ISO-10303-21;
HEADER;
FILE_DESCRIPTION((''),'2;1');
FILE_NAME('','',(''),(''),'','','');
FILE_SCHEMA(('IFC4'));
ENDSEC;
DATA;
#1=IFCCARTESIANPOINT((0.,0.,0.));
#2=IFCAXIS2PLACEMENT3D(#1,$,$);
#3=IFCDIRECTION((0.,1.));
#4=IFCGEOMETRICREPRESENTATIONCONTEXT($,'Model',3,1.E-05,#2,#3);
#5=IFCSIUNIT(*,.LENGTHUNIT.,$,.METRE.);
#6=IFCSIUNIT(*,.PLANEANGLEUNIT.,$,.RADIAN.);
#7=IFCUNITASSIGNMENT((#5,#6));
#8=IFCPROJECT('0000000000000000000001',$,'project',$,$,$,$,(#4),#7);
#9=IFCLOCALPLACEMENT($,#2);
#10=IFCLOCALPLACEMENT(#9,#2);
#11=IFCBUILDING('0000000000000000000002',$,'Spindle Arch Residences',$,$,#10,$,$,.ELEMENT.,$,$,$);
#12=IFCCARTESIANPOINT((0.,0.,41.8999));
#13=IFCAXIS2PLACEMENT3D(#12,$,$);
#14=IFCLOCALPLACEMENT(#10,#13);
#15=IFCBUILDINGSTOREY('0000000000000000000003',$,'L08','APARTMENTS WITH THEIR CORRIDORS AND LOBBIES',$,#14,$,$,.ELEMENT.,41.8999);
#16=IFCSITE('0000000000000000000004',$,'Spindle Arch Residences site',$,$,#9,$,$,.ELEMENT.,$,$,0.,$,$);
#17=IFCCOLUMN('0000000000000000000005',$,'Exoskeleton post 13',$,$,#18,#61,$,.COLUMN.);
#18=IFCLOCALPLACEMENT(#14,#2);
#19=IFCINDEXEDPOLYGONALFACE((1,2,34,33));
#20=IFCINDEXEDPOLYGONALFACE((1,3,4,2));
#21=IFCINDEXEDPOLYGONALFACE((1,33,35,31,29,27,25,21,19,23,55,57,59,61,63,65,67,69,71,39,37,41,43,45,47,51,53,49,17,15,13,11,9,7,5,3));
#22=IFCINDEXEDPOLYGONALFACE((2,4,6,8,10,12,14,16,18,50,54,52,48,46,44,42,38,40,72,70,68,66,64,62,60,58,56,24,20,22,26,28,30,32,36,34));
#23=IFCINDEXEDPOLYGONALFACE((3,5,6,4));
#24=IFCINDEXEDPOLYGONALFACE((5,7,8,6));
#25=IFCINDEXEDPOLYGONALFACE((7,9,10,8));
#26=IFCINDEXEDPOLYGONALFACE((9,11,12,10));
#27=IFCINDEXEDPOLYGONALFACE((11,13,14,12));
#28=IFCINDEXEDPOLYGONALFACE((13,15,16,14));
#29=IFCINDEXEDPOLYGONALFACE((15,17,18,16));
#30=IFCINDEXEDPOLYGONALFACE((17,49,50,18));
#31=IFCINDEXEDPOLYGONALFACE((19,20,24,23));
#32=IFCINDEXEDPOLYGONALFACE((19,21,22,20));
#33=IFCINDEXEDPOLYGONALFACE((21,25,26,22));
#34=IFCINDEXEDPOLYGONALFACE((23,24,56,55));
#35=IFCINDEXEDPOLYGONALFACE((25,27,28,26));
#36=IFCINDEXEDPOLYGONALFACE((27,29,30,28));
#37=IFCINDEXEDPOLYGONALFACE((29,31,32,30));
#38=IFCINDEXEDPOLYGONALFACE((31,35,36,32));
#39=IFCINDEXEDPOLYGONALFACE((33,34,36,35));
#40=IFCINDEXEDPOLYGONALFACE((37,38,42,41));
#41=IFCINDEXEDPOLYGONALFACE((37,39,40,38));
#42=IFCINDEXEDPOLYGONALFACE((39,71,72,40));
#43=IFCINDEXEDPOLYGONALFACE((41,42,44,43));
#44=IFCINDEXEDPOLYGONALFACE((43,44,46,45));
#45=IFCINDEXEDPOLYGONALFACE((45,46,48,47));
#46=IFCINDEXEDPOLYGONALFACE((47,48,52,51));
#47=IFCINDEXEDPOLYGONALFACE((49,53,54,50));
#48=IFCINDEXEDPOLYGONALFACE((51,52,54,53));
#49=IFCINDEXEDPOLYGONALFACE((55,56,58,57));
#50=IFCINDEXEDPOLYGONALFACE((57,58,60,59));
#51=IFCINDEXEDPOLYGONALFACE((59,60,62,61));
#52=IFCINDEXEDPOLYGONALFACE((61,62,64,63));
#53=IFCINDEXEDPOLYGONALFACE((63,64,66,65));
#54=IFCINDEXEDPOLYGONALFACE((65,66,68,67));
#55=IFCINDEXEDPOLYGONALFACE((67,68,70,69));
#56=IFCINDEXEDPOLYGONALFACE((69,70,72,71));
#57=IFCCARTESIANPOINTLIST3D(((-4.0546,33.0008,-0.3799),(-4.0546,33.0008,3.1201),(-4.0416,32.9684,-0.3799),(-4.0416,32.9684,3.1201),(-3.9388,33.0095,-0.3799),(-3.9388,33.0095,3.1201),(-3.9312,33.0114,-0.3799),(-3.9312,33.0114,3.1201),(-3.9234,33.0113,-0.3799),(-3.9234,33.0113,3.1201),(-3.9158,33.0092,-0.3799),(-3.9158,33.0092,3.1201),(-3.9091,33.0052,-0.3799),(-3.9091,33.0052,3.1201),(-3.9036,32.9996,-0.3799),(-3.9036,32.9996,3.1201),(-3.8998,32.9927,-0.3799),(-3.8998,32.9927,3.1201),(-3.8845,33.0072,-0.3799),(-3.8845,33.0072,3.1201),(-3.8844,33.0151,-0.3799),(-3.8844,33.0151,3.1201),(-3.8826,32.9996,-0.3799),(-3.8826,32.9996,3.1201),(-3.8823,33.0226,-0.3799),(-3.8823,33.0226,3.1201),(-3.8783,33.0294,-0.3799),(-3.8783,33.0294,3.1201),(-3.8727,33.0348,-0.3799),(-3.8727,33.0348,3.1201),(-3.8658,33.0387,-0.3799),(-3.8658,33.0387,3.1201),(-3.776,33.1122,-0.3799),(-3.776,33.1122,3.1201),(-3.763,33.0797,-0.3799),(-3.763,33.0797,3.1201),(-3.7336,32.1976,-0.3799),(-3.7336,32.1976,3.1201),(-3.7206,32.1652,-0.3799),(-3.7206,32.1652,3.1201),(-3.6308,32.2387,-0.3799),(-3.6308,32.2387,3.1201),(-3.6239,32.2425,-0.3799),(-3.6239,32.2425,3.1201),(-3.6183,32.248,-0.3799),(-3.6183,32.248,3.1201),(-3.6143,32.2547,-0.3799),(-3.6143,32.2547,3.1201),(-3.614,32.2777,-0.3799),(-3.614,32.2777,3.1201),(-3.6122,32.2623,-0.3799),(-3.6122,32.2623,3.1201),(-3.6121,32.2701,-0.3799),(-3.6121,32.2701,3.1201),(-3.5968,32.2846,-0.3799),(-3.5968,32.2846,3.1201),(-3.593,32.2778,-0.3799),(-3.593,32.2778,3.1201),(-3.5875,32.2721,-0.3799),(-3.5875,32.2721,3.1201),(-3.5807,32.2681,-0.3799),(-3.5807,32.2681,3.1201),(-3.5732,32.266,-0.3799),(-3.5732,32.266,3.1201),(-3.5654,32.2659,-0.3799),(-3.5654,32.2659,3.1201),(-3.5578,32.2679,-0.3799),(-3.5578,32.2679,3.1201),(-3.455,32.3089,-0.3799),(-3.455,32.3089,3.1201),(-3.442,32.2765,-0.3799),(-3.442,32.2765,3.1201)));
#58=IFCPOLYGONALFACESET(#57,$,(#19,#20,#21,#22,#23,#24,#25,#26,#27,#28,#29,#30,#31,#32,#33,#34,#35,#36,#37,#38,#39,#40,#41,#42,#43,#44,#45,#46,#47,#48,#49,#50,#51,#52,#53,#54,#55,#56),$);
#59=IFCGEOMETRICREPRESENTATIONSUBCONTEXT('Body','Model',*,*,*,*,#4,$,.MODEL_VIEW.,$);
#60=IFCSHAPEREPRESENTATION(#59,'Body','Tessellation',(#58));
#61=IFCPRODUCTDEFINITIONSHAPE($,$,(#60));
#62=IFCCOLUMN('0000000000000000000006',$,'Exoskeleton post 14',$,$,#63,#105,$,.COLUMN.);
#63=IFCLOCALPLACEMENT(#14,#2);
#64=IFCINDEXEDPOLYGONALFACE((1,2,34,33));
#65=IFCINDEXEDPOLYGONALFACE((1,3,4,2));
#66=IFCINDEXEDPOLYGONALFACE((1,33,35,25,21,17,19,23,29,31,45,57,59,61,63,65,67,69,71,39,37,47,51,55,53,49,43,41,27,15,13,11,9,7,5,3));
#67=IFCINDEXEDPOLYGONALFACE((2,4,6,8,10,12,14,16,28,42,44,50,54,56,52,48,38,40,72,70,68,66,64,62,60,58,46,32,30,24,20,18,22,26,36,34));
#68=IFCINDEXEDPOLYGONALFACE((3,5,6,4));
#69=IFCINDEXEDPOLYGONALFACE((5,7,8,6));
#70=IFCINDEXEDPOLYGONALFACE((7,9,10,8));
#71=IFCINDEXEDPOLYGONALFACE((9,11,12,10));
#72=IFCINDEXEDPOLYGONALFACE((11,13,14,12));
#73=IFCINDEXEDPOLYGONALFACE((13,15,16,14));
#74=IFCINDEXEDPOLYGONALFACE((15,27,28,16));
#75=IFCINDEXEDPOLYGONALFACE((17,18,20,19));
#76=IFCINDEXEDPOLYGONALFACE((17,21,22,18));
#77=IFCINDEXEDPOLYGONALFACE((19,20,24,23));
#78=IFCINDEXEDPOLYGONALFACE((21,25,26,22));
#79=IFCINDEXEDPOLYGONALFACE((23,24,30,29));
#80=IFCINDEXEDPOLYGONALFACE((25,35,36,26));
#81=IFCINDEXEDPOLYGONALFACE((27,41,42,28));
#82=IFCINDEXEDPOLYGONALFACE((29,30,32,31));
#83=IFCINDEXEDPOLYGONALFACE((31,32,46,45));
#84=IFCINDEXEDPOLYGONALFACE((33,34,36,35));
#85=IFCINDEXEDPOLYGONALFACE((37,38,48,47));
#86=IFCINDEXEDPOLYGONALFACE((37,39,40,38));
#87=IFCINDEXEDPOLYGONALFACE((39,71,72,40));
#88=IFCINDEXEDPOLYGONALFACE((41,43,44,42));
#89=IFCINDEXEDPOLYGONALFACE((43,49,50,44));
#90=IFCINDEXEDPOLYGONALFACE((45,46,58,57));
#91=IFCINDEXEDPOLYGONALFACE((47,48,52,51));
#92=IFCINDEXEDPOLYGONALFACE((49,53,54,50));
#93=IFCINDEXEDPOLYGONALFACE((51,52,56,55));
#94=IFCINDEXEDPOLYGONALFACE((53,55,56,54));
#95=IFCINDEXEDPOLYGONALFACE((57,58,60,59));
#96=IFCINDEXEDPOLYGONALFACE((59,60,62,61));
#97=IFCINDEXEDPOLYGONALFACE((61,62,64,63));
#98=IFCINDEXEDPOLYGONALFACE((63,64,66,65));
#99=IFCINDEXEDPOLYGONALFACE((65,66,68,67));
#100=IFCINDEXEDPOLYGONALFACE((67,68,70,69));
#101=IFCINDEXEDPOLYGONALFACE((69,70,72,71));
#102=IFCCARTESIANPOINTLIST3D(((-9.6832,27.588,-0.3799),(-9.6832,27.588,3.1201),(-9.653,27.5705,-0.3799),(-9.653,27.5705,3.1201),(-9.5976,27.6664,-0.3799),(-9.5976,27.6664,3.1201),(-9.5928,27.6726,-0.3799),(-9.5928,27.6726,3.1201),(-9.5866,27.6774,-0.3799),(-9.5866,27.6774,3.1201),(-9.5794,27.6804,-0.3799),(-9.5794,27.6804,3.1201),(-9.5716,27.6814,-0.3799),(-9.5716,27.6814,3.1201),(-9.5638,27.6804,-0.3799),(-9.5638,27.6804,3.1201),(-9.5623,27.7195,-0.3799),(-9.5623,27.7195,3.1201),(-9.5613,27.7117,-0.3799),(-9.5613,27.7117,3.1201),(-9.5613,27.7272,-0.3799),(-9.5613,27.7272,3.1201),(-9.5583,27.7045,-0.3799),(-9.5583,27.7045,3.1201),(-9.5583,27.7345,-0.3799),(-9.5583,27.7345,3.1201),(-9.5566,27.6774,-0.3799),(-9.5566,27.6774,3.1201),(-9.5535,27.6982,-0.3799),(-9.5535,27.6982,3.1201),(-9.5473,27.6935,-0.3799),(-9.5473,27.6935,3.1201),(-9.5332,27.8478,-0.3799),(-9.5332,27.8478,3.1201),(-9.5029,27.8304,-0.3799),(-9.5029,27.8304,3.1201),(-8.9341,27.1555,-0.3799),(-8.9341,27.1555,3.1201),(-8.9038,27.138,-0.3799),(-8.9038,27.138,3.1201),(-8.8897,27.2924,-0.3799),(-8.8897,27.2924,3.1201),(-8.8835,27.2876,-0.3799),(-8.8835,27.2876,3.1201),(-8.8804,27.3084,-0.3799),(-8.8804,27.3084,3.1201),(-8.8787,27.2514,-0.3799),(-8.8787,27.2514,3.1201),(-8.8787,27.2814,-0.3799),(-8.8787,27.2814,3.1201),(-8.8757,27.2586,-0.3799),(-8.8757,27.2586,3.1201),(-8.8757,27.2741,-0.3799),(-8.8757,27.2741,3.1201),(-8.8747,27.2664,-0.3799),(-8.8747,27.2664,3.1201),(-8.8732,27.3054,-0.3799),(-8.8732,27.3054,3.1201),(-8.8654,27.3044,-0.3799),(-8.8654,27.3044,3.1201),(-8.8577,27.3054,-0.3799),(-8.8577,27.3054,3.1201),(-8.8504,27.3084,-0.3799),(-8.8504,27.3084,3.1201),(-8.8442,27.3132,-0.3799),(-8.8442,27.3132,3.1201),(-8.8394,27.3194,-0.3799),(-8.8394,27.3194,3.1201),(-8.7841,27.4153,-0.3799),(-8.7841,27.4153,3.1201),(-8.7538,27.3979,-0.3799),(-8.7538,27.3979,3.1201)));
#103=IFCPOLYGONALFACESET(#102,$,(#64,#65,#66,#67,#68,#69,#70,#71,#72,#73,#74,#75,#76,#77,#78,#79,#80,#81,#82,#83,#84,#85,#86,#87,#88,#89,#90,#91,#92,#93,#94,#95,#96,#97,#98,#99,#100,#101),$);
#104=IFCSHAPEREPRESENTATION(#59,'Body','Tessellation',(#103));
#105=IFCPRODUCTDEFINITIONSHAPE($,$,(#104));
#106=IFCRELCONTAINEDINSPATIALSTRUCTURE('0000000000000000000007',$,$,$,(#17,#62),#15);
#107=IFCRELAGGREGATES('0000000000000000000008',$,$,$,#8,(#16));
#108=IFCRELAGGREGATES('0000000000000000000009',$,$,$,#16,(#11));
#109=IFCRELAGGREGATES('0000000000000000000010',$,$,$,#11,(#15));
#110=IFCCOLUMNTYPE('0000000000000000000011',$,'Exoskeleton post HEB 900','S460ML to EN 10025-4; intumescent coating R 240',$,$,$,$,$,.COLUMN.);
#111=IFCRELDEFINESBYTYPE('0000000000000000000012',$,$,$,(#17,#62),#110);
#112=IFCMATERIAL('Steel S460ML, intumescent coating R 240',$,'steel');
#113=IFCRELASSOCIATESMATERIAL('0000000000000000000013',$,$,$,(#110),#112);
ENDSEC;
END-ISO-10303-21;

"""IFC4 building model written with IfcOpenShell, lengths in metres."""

from ifc_helpers import new_model, si_unit, direction, frame, origin, origin_2d, place, context, subcontext, project, spatial, i_section, extrude, material, material_profile, profile_set, type_object, element, save


model = new_model("IFC4")

# Units and contexts
model_context = context("Model", 3, precision=1e-05, world=origin(), true_north=direction((0.0, 1.0)))
body_context = subcontext(model_context, "Body", "Model", "MODEL_VIEW")
ifc_project = project(units=[si_unit("LENGTHUNIT", "METRE"), si_unit("PLANEANGLEUNIT", "RADIAN")], contexts=[model_context])

# Site, building, storey
site_placement = place(None, origin())
site = spatial("IfcSite", under=ifc_project, at=site_placement, Name="Spindle Arch Residences site", CompositionType="ELEMENT", RefElevation=0.0)
building_placement = place(site_placement, origin())
building = spatial("IfcBuilding", under=site, at=building_placement, Name="Spindle Arch Residences", CompositionType="ELEMENT")
storey_placement = place(building_placement, frame((0.0, 0.0, 41.8999)))
storey = spatial("IfcBuildingStorey", under=building, at=storey_placement, Name="L08", Description="APARTMENTS WITH THEIR CORRIDORS AND LOBBIES", CompositionType="ELEMENT", Elevation=41.8999)

# Columns
ifc_material_1 = material(Name="Steel S460ML, intumescent coating R 240", Category="steel")
ifc_material_profile_1 = material_profile(ifc_material_1, i_section(OverallWidth=0.3, OverallDepth=0.8999, WebThickness=0.0186, FlangeThickness=0.0349, FilletRadius=0.03, at=origin_2d()), Name="HEB 900")
ifc_profile_set_1 = profile_set([ifc_material_profile_1], Name="Steel S460ML, intumescent coating R 240")
column_type_1 = type_object("IfcColumnType", Name="Exoskeleton post HEB 900", Description="S460ML to EN 10025-4; intumescent coating R 240", PredefinedType="COLUMN", material=ifc_profile_set_1)
for number, where, z_axis, x_axis, name in (
    (1, (-3.7483, 32.6387, -0.3799), (0.0, 0.0, 1.0), (0.92859, 0.371108, 0.0), "Exoskeleton post 13"),
    (2, (-9.2185, 27.4929, -0.3799), (0.0, 0.0, 1.0), (0.5, 0.866025, 0.0), "Exoskeleton post 14"),
):
    element("IfcColumn", number, at=place(storey_placement, frame(where, z_axis=z_axis, x_axis=x_axis)), inside=storey, type_object=column_type_1, Name=name, PredefinedType="COLUMN", context=body_context, shape_type="SweptSolid", body=[
        extrude(i_section(OverallWidth=0.3, OverallDepth=0.8999, WebThickness=0.0186, FlangeThickness=0.0349, FilletRadius=0.03, at=origin_2d()), origin(), (0.0, 0.0, 1.0), 3.5),
    ])

save(model, "model.ifc")
